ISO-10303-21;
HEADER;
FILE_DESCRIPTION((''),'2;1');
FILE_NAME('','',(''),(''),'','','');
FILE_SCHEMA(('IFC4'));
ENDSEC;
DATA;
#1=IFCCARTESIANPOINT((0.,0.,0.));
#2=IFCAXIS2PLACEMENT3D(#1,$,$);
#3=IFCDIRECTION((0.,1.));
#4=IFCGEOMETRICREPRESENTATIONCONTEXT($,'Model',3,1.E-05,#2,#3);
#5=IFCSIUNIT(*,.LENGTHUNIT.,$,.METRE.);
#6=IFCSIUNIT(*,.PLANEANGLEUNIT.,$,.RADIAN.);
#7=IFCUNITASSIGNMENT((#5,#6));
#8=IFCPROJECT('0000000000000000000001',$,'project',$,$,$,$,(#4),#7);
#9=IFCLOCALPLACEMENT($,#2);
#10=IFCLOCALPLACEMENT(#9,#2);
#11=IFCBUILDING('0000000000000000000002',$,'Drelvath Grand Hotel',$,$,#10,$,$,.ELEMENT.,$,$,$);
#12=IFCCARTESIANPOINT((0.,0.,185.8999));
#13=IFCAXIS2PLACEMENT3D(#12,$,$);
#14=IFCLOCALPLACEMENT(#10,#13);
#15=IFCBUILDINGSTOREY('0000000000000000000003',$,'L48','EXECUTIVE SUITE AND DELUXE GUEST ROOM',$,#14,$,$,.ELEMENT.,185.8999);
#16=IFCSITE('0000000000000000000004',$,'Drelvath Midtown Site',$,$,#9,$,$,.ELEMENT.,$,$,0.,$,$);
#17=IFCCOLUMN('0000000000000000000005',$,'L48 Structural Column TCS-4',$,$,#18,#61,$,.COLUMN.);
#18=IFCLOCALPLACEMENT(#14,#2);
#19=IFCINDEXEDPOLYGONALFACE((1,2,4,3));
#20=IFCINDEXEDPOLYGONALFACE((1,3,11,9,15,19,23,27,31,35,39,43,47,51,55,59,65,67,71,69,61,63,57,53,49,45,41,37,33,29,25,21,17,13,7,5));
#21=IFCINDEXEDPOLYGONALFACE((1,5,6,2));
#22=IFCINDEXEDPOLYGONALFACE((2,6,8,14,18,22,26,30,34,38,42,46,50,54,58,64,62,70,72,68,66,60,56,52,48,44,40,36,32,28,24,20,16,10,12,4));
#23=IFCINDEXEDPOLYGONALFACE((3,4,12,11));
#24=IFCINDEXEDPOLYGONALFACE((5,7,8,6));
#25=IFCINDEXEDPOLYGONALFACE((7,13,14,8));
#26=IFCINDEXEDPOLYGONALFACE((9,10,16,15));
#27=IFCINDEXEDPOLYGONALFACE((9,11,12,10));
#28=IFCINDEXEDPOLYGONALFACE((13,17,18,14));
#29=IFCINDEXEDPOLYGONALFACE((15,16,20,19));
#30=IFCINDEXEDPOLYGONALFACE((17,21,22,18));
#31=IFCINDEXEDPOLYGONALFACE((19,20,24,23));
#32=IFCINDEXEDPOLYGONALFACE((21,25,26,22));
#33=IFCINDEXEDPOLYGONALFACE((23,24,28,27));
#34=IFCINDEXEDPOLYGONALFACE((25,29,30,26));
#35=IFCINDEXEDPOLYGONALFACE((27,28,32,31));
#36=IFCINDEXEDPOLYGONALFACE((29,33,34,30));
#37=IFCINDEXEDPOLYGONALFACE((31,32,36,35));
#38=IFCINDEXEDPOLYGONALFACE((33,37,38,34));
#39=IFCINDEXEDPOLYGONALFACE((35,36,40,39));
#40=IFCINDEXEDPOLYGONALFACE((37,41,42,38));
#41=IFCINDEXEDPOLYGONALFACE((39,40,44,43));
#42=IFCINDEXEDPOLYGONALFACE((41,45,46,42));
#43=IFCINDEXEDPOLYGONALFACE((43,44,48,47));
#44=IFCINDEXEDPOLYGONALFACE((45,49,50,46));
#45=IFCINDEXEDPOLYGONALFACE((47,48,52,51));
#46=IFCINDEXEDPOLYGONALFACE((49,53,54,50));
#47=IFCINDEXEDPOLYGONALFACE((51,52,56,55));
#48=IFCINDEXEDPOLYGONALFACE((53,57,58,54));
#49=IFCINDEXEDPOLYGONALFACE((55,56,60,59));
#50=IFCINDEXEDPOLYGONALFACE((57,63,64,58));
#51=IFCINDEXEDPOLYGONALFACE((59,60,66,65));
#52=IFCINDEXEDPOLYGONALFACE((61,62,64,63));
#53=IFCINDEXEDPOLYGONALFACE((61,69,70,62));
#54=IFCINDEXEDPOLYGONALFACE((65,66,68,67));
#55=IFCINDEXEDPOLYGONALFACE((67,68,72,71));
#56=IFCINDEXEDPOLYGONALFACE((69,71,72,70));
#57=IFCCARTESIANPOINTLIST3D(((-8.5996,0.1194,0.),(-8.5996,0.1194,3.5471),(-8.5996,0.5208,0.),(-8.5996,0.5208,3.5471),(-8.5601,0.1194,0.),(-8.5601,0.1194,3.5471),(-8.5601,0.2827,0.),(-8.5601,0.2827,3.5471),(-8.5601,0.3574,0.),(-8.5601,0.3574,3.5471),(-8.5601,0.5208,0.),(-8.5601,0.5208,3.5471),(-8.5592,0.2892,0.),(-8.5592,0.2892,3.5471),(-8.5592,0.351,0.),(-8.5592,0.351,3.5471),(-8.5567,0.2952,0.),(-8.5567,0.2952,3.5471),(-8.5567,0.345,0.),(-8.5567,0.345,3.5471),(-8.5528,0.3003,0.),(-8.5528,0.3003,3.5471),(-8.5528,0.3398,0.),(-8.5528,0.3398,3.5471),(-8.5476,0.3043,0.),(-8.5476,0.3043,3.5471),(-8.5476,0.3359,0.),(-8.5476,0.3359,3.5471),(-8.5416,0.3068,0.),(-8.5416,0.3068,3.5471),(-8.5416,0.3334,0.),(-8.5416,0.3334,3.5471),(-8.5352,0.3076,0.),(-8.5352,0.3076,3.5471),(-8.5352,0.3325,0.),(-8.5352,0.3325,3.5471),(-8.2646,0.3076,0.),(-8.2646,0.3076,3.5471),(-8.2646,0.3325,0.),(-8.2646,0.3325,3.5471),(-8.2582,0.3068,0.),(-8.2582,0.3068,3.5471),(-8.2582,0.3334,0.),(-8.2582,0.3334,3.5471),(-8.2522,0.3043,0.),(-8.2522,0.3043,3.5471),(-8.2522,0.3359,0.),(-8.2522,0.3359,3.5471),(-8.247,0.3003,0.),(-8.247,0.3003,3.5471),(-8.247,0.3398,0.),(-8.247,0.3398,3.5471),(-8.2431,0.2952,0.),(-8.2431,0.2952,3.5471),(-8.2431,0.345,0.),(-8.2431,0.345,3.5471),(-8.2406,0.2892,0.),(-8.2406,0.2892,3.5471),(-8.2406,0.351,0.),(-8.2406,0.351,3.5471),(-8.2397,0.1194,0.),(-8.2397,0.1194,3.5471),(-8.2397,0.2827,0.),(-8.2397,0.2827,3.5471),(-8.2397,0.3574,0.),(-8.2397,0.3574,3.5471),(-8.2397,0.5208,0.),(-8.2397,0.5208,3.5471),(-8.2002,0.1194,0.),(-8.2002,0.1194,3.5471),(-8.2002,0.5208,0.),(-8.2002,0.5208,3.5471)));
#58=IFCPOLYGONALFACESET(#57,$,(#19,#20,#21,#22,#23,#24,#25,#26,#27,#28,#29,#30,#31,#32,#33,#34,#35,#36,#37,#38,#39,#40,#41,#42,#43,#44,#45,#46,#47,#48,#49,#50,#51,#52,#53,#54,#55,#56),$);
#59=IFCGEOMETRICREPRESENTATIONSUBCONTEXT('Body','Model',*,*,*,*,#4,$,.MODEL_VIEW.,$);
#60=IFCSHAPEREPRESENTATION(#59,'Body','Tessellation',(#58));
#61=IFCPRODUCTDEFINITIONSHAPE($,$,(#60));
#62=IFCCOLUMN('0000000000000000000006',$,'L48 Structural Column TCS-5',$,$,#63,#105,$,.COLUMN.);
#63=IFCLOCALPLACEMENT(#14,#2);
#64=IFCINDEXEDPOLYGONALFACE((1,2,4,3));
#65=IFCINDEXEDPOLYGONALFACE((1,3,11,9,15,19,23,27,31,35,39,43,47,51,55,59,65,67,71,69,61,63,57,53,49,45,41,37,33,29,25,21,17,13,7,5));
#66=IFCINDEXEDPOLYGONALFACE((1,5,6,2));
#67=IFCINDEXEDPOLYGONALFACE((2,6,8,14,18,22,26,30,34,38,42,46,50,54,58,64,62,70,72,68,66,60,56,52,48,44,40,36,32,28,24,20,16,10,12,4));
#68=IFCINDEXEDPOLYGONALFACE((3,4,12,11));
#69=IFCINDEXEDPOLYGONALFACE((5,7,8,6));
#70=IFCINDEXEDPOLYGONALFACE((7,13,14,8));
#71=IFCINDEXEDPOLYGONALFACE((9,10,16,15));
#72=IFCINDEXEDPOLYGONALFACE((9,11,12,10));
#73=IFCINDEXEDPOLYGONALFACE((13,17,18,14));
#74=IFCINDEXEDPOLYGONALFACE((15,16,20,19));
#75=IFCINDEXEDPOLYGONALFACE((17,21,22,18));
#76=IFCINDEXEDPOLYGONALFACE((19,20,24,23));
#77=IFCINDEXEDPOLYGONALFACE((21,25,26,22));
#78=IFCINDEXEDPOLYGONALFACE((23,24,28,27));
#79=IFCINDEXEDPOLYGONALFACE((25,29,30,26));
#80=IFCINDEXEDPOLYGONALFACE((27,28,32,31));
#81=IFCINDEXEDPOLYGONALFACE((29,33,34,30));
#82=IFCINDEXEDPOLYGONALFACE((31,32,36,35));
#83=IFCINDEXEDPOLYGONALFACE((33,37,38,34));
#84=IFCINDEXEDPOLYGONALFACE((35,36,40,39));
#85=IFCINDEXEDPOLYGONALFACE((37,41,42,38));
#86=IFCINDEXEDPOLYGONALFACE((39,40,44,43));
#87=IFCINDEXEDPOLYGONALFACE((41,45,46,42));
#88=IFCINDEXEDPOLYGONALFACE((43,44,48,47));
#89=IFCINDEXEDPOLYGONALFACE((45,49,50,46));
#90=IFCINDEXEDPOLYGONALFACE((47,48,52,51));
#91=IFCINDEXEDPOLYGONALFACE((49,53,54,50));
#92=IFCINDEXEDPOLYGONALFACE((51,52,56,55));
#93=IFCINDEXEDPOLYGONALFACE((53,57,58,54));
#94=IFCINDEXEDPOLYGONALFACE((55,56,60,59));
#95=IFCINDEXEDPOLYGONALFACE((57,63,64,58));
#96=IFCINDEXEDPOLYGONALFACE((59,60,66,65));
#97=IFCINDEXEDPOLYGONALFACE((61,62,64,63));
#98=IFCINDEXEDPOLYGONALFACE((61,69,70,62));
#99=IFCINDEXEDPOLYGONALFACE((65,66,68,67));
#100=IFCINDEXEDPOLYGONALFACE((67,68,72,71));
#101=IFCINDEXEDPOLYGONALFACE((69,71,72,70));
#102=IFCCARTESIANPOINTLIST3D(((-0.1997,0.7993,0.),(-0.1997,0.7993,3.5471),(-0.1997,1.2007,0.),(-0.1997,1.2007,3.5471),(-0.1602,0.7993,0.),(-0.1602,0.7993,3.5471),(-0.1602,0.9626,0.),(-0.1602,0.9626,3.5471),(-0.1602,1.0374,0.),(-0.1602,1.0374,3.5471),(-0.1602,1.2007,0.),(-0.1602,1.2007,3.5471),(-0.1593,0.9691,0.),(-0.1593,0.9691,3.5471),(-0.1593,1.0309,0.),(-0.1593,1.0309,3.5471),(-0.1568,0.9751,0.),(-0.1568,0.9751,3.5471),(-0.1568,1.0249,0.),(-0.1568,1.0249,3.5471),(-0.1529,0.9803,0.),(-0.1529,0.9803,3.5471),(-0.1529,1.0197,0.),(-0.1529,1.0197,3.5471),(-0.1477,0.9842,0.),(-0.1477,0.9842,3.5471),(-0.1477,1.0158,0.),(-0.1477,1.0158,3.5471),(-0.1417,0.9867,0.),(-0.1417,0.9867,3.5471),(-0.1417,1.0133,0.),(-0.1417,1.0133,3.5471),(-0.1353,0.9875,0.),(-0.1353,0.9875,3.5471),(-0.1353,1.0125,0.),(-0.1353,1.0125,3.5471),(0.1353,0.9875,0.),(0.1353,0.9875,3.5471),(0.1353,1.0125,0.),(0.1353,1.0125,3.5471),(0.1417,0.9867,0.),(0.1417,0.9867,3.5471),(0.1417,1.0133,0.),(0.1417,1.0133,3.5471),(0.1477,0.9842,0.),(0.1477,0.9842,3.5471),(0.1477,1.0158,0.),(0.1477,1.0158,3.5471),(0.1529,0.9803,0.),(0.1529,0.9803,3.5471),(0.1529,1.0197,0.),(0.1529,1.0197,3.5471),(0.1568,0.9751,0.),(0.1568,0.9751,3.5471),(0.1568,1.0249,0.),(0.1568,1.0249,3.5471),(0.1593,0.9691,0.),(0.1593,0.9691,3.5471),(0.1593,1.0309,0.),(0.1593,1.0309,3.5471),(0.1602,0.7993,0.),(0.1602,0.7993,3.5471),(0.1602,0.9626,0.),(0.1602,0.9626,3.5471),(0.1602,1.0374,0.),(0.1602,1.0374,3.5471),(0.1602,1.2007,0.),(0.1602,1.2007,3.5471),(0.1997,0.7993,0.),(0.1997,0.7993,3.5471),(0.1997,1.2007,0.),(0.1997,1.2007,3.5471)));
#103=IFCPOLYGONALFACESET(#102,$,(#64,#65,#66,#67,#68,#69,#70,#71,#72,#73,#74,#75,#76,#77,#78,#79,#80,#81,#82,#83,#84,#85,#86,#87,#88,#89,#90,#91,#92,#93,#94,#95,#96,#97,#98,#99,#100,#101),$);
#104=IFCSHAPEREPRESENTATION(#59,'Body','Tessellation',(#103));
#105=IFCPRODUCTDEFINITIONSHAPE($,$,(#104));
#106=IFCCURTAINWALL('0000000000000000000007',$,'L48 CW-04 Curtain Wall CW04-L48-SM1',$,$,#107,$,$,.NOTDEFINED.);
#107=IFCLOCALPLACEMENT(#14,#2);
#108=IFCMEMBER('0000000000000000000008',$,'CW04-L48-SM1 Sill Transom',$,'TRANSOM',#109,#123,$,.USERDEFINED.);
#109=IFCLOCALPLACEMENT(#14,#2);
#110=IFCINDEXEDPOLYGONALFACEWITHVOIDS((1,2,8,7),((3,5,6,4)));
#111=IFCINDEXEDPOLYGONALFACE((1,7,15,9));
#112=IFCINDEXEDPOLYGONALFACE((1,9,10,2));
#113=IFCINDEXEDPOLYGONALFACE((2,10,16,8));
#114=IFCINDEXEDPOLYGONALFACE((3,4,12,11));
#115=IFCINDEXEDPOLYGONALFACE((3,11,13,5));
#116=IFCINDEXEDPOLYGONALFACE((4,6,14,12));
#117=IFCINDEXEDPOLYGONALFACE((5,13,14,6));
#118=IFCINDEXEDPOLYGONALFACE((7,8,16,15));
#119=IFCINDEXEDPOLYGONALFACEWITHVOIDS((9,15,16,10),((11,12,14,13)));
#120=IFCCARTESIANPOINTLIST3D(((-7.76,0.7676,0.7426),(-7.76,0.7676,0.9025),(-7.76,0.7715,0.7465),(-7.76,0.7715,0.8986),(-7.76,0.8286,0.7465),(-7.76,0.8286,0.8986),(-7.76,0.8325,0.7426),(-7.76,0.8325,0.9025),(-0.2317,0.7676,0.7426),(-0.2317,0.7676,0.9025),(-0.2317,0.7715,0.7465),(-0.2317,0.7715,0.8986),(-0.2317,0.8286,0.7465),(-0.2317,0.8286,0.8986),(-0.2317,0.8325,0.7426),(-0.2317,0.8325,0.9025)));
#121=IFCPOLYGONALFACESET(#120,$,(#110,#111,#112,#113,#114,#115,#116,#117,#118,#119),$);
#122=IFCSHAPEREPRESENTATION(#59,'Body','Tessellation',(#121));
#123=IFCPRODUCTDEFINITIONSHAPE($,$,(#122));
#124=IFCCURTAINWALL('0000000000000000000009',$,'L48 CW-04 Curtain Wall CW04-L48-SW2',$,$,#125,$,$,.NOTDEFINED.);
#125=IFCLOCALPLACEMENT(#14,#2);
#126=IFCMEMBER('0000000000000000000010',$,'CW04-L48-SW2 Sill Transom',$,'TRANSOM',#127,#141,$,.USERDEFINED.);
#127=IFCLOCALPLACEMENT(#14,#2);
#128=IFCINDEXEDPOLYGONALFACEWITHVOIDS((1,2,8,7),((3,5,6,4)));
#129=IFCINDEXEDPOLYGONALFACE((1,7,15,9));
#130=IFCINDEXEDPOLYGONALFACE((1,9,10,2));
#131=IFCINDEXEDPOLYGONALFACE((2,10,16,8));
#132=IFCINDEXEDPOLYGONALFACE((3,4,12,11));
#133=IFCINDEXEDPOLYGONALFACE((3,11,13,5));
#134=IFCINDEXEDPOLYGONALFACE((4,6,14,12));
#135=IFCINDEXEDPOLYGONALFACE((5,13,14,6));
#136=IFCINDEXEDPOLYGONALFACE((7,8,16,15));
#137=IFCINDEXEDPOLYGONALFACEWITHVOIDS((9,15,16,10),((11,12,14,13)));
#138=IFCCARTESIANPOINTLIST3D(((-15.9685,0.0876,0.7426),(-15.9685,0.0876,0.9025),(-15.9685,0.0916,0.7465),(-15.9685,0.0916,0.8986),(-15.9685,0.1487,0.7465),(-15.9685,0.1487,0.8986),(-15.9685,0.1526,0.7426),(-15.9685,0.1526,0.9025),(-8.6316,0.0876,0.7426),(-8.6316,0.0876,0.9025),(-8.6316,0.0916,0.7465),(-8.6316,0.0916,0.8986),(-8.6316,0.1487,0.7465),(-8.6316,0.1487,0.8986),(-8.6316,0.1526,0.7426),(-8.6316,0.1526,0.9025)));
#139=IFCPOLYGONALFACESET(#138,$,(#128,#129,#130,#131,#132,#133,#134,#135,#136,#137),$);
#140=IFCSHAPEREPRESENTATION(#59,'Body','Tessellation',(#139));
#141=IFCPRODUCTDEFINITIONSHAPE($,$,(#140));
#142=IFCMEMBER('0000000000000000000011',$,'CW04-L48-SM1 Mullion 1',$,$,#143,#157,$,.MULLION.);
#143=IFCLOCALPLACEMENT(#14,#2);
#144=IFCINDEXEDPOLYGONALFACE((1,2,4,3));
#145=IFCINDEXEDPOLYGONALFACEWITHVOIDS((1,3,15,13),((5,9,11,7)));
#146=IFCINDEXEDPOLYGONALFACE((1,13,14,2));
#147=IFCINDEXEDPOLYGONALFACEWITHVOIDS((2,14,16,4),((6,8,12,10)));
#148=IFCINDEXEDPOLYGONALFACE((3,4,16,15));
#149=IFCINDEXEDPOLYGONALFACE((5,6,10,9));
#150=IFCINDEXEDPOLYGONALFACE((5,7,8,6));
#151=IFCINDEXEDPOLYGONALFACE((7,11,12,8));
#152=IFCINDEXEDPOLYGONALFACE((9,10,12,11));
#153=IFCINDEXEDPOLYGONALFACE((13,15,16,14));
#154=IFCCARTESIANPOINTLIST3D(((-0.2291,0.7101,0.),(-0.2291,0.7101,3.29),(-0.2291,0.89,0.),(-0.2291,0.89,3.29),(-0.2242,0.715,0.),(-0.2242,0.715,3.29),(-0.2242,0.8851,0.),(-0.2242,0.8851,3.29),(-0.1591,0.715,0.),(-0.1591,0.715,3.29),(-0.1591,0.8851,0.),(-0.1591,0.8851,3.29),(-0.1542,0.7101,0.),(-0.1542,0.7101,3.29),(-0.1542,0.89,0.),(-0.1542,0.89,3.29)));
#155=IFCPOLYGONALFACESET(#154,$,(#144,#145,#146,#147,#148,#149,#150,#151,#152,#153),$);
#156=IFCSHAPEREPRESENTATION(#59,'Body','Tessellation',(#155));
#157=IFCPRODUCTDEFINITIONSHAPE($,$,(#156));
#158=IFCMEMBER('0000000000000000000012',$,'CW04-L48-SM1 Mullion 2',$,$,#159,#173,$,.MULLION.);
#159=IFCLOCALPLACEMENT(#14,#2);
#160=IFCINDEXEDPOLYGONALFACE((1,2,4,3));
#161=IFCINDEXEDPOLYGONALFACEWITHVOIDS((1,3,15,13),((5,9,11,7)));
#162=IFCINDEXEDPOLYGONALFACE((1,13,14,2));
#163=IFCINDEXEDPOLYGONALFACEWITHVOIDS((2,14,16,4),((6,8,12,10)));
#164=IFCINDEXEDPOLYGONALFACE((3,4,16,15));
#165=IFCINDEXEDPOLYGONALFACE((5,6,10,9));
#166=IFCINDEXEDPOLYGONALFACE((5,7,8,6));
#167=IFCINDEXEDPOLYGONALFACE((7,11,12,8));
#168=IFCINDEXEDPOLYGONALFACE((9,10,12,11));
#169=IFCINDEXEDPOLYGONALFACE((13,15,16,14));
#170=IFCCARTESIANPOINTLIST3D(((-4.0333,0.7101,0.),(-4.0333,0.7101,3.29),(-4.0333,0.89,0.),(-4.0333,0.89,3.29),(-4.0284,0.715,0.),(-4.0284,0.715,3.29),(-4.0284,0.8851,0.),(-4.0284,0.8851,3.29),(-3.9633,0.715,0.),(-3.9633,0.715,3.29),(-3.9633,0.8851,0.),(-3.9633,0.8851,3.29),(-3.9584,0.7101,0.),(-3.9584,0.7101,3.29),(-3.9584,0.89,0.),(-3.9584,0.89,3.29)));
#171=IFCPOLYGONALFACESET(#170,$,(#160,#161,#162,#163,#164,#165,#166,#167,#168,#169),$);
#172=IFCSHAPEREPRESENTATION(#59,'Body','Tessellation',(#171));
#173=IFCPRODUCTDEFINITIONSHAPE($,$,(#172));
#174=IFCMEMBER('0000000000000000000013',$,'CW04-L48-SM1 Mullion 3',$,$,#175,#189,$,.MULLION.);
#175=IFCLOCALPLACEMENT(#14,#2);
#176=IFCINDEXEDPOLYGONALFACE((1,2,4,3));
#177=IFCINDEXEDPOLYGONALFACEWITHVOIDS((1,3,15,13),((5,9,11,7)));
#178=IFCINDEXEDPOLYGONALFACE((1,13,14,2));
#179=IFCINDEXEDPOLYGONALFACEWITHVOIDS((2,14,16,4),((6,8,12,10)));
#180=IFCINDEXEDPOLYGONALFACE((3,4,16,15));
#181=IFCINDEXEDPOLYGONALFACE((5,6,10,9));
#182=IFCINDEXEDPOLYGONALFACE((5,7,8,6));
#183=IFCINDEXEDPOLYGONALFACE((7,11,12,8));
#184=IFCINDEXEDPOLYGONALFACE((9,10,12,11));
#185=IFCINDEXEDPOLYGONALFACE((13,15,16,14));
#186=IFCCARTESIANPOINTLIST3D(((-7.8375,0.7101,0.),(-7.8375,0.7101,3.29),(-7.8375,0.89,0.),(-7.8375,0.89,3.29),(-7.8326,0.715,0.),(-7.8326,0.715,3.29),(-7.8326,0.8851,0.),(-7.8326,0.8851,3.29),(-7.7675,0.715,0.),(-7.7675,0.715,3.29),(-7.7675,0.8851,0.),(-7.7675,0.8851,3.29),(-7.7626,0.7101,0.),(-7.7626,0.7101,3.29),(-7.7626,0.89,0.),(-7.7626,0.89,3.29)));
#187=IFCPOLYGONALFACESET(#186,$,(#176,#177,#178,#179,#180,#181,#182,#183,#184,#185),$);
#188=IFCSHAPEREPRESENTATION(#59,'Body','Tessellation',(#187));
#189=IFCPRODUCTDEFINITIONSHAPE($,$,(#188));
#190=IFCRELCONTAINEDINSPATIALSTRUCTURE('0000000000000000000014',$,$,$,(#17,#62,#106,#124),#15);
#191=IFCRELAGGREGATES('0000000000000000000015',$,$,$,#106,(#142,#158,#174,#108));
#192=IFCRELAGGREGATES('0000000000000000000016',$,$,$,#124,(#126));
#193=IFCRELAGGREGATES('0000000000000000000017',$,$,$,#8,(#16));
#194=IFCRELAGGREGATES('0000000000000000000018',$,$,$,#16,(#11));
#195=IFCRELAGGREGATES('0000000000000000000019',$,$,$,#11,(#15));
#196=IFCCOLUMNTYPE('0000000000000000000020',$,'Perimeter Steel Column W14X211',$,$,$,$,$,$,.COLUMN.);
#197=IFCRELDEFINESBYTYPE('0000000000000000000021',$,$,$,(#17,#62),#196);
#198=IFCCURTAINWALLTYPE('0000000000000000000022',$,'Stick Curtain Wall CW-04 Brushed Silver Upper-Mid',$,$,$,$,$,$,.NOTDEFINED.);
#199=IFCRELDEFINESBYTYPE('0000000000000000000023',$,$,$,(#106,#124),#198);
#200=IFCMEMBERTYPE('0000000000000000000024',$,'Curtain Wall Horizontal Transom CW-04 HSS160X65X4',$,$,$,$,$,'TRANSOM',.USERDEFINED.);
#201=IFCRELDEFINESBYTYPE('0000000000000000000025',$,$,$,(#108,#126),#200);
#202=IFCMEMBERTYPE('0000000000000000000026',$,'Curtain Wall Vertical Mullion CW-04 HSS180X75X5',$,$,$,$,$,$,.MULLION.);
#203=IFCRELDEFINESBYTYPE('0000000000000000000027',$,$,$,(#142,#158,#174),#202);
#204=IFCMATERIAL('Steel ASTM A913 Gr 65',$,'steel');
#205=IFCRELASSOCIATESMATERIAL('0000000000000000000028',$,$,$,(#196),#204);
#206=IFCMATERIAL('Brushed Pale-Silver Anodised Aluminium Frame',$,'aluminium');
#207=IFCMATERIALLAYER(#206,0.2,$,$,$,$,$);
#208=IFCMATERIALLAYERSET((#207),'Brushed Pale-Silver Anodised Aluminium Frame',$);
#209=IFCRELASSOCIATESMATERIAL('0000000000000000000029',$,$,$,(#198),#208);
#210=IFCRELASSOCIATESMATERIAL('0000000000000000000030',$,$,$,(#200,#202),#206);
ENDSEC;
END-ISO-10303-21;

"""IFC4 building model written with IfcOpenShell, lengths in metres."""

from ifc_helpers import new_model, si_unit, direction, frame, origin, origin_2d, place, context, subcontext, project, spatial, hollow_rectangle, i_section, extrude, material, layer, layer_set, material_profile, profile_set, type_object, element, aggregate, save


model = new_model("IFC4")

# Units and contexts
model_context = context("Model", 3, precision=1e-05, world=origin(), true_north=direction((0.0, 1.0)))
body_context = subcontext(model_context, "Body", "Model", "MODEL_VIEW")
ifc_project = project(units=[si_unit("LENGTHUNIT", "METRE"), si_unit("PLANEANGLEUNIT", "RADIAN")], contexts=[model_context])

# Site, building, storey
site_placement = place(None, origin())
site = spatial("IfcSite", under=ifc_project, at=site_placement, Name="Drelvath Midtown Site", CompositionType="ELEMENT", RefElevation=0.0)
building_placement = place(site_placement, origin())
building = spatial("IfcBuilding", under=site, at=building_placement, Name="Drelvath Grand Hotel", CompositionType="ELEMENT")
storey_placement = place(building_placement, frame((0.0, 0.0, 185.8999)))
storey = spatial("IfcBuildingStorey", under=building, at=storey_placement, Name="L48", Description="EXECUTIVE SUITE AND DELUXE GUEST ROOM", CompositionType="ELEMENT", Elevation=185.8999)

# Columns
ifc_material_1 = material(Name="Steel ASTM A913 Gr 65", Category="steel")
ifc_material_profile_1 = material_profile(ifc_material_1, i_section(OverallWidth=0.4014, OverallDepth=0.3994, WebThickness=0.0249, FlangeThickness=0.0396, FilletRadius=0.0249, at=origin_2d()), Name="W14X211")
ifc_profile_set_1 = profile_set([ifc_material_profile_1], Name="Steel ASTM A913 Gr 65")
column_type = type_object("IfcColumnType", Name="Perimeter Steel Column W14X211", PredefinedType="COLUMN", material=ifc_profile_set_1)
for number, where, z_axis, x_axis, name in (
    (1, (-8.3999, 0.3201, 0.0), (0.0, 0.0, 1.0), (0.0, 1.0, 0.0), "L48 Structural Column TCS-4"),
    (2, (0.0, 1.0, 0.0), (0.0, 0.0, 1.0), (0.0, 1.0, 0.0), "L48 Structural Column TCS-5"),
):
    element("IfcColumn", number, at=place(storey_placement, frame(where, z_axis=z_axis, x_axis=x_axis)), inside=storey, type_object=column_type, Name=name, PredefinedType="COLUMN", context=body_context, shape_type="SweptSolid", body=[
        extrude(i_section(OverallWidth=0.4014, OverallDepth=0.3994, WebThickness=0.0249, FlangeThickness=0.0396, FilletRadius=0.0249, at=origin_2d()), origin(), (0.0, 0.0, 1.0), 3.5471),
    ])

# Curtain walls, members
ifc_material_2 = material(Name="Brushed Pale-Silver Anodised Aluminium Frame", Category="aluminium")
ifc_layer_1 = layer(ifc_material_2, 0.2)
ifc_layer_set_1 = layer_set([ifc_layer_1], Name="Brushed Pale-Silver Anodised Aluminium Frame")
curtain_wall_type = type_object("IfcCurtainWallType", Name="Stick Curtain Wall CW-04 Brushed Silver Upper-Mid", PredefinedType="NOTDEFINED", material=ifc_layer_set_1)
curtain_wall_1_placement = place(storey_placement, origin())
curtain_wall_1 = element("IfcCurtainWall", 3, at=curtain_wall_1_placement, inside=storey, type_object=curtain_wall_type, Name="L48 CW-04 Curtain Wall CW04-L48-SM1", PredefinedType="NOTDEFINED")
ifc_material_profile_2 = material_profile(ifc_material_2, hollow_rectangle(XDim=0.0649, YDim=0.1599, WallThickness=0.0039, at=origin_2d()), Name="HSS160X65X4")
ifc_profile_set_2 = profile_set([ifc_material_profile_2], Name="Brushed Pale-Silver Anodised Aluminium Frame")
member_type_1 = type_object("IfcMemberType", Name="Curtain Wall Horizontal Transom CW-04 HSS160X65X4", ElementType="TRANSOM", PredefinedType="USERDEFINED", material=ifc_profile_set_2)
member_1_placement = place(storey_placement, frame((-0.2317, 0.8, 0.8225), z_axis=(-1.0, 0.0, 0.0), x_axis=(0.0, -1.0, 0.0)))
member_1 = element("IfcMember", 4, at=member_1_placement, type_object=member_type_1, Name="CW04-L48-SM1 Sill Transom", ObjectType="TRANSOM", PredefinedType="USERDEFINED", context=body_context, shape_type="SweptSolid", body=[
    extrude(hollow_rectangle(XDim=0.0649, YDim=0.1599, WallThickness=0.0039, at=origin_2d()), origin(), (0.0, 0.0, 1.0), 7.5283),
])
curtain_wall_2_placement = place(storey_placement, origin())
curtain_wall_2 = element("IfcCurtainWall", 5, at=curtain_wall_2_placement, inside=storey, type_object=curtain_wall_type, Name="L48 CW-04 Curtain Wall CW04-L48-SW2", PredefinedType="NOTDEFINED")
member_2_placement = place(storey_placement, frame((-8.6316, 0.1201, 0.8225), z_axis=(-1.0, 0.0, 0.0), x_axis=(0.0, -1.0, 0.0)))
member_2 = element("IfcMember", 6, at=member_2_placement, type_object=member_type_1, Name="CW04-L48-SW2 Sill Transom", ObjectType="TRANSOM", PredefinedType="USERDEFINED", context=body_context, shape_type="SweptSolid", body=[
    extrude(hollow_rectangle(XDim=0.0649, YDim=0.1599, WallThickness=0.0039, at=origin_2d()), origin(), (0.0, 0.0, 1.0), 7.3369),
])

# Members
ifc_material_profile_3 = material_profile(ifc_material_2, hollow_rectangle(XDim=0.075, YDim=0.1799, WallThickness=0.0049, at=origin_2d()), Name="HSS180X75X5")
ifc_profile_set_3 = profile_set([ifc_material_profile_3], Name="Brushed Pale-Silver Anodised Aluminium Frame")
member_type_2 = type_object("IfcMemberType", Name="Curtain Wall Vertical Mullion CW-04 HSS180X75X5", PredefinedType="MULLION", material=ifc_profile_set_3)
member_3_placement = place(storey_placement, frame((-0.1917, 0.8, 0.0), z_axis=(0.0, 0.0, 1.0), x_axis=(1.0, 0.0, 0.0)))
member_3 = element("IfcMember", 7, at=member_3_placement, type_object=member_type_2, Name="CW04-L48-SM1 Mullion 1", PredefinedType="MULLION", context=body_context, shape_type="SweptSolid", body=[
    extrude(hollow_rectangle(XDim=0.075, YDim=0.1799, WallThickness=0.0049, at=origin_2d()), origin(), (0.0, 0.0, 1.0), 3.29),
])
member_4_placement = place(storey_placement, frame((-3.9958, 0.8, 0.0), z_axis=(0.0, 0.0, 1.0), x_axis=(1.0, 0.0, 0.0)))
member_4 = element("IfcMember", 8, at=member_4_placement, type_object=member_type_2, Name="CW04-L48-SM1 Mullion 2", PredefinedType="MULLION", context=body_context, shape_type="SweptSolid", body=[
    extrude(hollow_rectangle(XDim=0.075, YDim=0.1799, WallThickness=0.0049, at=origin_2d()), origin(), (0.0, 0.0, 1.0), 3.29),
])
member_5_placement = place(storey_placement, frame((-7.8, 0.8, 0.0), z_axis=(0.0, 0.0, 1.0), x_axis=(1.0, 0.0, 0.0)))
member_5 = element("IfcMember", 9, at=member_5_placement, type_object=member_type_2, Name="CW04-L48-SM1 Mullion 3", PredefinedType="MULLION", context=body_context, shape_type="SweptSolid", body=[
    extrude(hollow_rectangle(XDim=0.075, YDim=0.1799, WallThickness=0.0049, at=origin_2d()), origin(), (0.0, 0.0, 1.0), 3.29),
])

aggregate(curtain_wall_1, [member_3, member_4, member_5, member_1])
aggregate(curtain_wall_2, [member_2])

save(model, "model.ifc")
